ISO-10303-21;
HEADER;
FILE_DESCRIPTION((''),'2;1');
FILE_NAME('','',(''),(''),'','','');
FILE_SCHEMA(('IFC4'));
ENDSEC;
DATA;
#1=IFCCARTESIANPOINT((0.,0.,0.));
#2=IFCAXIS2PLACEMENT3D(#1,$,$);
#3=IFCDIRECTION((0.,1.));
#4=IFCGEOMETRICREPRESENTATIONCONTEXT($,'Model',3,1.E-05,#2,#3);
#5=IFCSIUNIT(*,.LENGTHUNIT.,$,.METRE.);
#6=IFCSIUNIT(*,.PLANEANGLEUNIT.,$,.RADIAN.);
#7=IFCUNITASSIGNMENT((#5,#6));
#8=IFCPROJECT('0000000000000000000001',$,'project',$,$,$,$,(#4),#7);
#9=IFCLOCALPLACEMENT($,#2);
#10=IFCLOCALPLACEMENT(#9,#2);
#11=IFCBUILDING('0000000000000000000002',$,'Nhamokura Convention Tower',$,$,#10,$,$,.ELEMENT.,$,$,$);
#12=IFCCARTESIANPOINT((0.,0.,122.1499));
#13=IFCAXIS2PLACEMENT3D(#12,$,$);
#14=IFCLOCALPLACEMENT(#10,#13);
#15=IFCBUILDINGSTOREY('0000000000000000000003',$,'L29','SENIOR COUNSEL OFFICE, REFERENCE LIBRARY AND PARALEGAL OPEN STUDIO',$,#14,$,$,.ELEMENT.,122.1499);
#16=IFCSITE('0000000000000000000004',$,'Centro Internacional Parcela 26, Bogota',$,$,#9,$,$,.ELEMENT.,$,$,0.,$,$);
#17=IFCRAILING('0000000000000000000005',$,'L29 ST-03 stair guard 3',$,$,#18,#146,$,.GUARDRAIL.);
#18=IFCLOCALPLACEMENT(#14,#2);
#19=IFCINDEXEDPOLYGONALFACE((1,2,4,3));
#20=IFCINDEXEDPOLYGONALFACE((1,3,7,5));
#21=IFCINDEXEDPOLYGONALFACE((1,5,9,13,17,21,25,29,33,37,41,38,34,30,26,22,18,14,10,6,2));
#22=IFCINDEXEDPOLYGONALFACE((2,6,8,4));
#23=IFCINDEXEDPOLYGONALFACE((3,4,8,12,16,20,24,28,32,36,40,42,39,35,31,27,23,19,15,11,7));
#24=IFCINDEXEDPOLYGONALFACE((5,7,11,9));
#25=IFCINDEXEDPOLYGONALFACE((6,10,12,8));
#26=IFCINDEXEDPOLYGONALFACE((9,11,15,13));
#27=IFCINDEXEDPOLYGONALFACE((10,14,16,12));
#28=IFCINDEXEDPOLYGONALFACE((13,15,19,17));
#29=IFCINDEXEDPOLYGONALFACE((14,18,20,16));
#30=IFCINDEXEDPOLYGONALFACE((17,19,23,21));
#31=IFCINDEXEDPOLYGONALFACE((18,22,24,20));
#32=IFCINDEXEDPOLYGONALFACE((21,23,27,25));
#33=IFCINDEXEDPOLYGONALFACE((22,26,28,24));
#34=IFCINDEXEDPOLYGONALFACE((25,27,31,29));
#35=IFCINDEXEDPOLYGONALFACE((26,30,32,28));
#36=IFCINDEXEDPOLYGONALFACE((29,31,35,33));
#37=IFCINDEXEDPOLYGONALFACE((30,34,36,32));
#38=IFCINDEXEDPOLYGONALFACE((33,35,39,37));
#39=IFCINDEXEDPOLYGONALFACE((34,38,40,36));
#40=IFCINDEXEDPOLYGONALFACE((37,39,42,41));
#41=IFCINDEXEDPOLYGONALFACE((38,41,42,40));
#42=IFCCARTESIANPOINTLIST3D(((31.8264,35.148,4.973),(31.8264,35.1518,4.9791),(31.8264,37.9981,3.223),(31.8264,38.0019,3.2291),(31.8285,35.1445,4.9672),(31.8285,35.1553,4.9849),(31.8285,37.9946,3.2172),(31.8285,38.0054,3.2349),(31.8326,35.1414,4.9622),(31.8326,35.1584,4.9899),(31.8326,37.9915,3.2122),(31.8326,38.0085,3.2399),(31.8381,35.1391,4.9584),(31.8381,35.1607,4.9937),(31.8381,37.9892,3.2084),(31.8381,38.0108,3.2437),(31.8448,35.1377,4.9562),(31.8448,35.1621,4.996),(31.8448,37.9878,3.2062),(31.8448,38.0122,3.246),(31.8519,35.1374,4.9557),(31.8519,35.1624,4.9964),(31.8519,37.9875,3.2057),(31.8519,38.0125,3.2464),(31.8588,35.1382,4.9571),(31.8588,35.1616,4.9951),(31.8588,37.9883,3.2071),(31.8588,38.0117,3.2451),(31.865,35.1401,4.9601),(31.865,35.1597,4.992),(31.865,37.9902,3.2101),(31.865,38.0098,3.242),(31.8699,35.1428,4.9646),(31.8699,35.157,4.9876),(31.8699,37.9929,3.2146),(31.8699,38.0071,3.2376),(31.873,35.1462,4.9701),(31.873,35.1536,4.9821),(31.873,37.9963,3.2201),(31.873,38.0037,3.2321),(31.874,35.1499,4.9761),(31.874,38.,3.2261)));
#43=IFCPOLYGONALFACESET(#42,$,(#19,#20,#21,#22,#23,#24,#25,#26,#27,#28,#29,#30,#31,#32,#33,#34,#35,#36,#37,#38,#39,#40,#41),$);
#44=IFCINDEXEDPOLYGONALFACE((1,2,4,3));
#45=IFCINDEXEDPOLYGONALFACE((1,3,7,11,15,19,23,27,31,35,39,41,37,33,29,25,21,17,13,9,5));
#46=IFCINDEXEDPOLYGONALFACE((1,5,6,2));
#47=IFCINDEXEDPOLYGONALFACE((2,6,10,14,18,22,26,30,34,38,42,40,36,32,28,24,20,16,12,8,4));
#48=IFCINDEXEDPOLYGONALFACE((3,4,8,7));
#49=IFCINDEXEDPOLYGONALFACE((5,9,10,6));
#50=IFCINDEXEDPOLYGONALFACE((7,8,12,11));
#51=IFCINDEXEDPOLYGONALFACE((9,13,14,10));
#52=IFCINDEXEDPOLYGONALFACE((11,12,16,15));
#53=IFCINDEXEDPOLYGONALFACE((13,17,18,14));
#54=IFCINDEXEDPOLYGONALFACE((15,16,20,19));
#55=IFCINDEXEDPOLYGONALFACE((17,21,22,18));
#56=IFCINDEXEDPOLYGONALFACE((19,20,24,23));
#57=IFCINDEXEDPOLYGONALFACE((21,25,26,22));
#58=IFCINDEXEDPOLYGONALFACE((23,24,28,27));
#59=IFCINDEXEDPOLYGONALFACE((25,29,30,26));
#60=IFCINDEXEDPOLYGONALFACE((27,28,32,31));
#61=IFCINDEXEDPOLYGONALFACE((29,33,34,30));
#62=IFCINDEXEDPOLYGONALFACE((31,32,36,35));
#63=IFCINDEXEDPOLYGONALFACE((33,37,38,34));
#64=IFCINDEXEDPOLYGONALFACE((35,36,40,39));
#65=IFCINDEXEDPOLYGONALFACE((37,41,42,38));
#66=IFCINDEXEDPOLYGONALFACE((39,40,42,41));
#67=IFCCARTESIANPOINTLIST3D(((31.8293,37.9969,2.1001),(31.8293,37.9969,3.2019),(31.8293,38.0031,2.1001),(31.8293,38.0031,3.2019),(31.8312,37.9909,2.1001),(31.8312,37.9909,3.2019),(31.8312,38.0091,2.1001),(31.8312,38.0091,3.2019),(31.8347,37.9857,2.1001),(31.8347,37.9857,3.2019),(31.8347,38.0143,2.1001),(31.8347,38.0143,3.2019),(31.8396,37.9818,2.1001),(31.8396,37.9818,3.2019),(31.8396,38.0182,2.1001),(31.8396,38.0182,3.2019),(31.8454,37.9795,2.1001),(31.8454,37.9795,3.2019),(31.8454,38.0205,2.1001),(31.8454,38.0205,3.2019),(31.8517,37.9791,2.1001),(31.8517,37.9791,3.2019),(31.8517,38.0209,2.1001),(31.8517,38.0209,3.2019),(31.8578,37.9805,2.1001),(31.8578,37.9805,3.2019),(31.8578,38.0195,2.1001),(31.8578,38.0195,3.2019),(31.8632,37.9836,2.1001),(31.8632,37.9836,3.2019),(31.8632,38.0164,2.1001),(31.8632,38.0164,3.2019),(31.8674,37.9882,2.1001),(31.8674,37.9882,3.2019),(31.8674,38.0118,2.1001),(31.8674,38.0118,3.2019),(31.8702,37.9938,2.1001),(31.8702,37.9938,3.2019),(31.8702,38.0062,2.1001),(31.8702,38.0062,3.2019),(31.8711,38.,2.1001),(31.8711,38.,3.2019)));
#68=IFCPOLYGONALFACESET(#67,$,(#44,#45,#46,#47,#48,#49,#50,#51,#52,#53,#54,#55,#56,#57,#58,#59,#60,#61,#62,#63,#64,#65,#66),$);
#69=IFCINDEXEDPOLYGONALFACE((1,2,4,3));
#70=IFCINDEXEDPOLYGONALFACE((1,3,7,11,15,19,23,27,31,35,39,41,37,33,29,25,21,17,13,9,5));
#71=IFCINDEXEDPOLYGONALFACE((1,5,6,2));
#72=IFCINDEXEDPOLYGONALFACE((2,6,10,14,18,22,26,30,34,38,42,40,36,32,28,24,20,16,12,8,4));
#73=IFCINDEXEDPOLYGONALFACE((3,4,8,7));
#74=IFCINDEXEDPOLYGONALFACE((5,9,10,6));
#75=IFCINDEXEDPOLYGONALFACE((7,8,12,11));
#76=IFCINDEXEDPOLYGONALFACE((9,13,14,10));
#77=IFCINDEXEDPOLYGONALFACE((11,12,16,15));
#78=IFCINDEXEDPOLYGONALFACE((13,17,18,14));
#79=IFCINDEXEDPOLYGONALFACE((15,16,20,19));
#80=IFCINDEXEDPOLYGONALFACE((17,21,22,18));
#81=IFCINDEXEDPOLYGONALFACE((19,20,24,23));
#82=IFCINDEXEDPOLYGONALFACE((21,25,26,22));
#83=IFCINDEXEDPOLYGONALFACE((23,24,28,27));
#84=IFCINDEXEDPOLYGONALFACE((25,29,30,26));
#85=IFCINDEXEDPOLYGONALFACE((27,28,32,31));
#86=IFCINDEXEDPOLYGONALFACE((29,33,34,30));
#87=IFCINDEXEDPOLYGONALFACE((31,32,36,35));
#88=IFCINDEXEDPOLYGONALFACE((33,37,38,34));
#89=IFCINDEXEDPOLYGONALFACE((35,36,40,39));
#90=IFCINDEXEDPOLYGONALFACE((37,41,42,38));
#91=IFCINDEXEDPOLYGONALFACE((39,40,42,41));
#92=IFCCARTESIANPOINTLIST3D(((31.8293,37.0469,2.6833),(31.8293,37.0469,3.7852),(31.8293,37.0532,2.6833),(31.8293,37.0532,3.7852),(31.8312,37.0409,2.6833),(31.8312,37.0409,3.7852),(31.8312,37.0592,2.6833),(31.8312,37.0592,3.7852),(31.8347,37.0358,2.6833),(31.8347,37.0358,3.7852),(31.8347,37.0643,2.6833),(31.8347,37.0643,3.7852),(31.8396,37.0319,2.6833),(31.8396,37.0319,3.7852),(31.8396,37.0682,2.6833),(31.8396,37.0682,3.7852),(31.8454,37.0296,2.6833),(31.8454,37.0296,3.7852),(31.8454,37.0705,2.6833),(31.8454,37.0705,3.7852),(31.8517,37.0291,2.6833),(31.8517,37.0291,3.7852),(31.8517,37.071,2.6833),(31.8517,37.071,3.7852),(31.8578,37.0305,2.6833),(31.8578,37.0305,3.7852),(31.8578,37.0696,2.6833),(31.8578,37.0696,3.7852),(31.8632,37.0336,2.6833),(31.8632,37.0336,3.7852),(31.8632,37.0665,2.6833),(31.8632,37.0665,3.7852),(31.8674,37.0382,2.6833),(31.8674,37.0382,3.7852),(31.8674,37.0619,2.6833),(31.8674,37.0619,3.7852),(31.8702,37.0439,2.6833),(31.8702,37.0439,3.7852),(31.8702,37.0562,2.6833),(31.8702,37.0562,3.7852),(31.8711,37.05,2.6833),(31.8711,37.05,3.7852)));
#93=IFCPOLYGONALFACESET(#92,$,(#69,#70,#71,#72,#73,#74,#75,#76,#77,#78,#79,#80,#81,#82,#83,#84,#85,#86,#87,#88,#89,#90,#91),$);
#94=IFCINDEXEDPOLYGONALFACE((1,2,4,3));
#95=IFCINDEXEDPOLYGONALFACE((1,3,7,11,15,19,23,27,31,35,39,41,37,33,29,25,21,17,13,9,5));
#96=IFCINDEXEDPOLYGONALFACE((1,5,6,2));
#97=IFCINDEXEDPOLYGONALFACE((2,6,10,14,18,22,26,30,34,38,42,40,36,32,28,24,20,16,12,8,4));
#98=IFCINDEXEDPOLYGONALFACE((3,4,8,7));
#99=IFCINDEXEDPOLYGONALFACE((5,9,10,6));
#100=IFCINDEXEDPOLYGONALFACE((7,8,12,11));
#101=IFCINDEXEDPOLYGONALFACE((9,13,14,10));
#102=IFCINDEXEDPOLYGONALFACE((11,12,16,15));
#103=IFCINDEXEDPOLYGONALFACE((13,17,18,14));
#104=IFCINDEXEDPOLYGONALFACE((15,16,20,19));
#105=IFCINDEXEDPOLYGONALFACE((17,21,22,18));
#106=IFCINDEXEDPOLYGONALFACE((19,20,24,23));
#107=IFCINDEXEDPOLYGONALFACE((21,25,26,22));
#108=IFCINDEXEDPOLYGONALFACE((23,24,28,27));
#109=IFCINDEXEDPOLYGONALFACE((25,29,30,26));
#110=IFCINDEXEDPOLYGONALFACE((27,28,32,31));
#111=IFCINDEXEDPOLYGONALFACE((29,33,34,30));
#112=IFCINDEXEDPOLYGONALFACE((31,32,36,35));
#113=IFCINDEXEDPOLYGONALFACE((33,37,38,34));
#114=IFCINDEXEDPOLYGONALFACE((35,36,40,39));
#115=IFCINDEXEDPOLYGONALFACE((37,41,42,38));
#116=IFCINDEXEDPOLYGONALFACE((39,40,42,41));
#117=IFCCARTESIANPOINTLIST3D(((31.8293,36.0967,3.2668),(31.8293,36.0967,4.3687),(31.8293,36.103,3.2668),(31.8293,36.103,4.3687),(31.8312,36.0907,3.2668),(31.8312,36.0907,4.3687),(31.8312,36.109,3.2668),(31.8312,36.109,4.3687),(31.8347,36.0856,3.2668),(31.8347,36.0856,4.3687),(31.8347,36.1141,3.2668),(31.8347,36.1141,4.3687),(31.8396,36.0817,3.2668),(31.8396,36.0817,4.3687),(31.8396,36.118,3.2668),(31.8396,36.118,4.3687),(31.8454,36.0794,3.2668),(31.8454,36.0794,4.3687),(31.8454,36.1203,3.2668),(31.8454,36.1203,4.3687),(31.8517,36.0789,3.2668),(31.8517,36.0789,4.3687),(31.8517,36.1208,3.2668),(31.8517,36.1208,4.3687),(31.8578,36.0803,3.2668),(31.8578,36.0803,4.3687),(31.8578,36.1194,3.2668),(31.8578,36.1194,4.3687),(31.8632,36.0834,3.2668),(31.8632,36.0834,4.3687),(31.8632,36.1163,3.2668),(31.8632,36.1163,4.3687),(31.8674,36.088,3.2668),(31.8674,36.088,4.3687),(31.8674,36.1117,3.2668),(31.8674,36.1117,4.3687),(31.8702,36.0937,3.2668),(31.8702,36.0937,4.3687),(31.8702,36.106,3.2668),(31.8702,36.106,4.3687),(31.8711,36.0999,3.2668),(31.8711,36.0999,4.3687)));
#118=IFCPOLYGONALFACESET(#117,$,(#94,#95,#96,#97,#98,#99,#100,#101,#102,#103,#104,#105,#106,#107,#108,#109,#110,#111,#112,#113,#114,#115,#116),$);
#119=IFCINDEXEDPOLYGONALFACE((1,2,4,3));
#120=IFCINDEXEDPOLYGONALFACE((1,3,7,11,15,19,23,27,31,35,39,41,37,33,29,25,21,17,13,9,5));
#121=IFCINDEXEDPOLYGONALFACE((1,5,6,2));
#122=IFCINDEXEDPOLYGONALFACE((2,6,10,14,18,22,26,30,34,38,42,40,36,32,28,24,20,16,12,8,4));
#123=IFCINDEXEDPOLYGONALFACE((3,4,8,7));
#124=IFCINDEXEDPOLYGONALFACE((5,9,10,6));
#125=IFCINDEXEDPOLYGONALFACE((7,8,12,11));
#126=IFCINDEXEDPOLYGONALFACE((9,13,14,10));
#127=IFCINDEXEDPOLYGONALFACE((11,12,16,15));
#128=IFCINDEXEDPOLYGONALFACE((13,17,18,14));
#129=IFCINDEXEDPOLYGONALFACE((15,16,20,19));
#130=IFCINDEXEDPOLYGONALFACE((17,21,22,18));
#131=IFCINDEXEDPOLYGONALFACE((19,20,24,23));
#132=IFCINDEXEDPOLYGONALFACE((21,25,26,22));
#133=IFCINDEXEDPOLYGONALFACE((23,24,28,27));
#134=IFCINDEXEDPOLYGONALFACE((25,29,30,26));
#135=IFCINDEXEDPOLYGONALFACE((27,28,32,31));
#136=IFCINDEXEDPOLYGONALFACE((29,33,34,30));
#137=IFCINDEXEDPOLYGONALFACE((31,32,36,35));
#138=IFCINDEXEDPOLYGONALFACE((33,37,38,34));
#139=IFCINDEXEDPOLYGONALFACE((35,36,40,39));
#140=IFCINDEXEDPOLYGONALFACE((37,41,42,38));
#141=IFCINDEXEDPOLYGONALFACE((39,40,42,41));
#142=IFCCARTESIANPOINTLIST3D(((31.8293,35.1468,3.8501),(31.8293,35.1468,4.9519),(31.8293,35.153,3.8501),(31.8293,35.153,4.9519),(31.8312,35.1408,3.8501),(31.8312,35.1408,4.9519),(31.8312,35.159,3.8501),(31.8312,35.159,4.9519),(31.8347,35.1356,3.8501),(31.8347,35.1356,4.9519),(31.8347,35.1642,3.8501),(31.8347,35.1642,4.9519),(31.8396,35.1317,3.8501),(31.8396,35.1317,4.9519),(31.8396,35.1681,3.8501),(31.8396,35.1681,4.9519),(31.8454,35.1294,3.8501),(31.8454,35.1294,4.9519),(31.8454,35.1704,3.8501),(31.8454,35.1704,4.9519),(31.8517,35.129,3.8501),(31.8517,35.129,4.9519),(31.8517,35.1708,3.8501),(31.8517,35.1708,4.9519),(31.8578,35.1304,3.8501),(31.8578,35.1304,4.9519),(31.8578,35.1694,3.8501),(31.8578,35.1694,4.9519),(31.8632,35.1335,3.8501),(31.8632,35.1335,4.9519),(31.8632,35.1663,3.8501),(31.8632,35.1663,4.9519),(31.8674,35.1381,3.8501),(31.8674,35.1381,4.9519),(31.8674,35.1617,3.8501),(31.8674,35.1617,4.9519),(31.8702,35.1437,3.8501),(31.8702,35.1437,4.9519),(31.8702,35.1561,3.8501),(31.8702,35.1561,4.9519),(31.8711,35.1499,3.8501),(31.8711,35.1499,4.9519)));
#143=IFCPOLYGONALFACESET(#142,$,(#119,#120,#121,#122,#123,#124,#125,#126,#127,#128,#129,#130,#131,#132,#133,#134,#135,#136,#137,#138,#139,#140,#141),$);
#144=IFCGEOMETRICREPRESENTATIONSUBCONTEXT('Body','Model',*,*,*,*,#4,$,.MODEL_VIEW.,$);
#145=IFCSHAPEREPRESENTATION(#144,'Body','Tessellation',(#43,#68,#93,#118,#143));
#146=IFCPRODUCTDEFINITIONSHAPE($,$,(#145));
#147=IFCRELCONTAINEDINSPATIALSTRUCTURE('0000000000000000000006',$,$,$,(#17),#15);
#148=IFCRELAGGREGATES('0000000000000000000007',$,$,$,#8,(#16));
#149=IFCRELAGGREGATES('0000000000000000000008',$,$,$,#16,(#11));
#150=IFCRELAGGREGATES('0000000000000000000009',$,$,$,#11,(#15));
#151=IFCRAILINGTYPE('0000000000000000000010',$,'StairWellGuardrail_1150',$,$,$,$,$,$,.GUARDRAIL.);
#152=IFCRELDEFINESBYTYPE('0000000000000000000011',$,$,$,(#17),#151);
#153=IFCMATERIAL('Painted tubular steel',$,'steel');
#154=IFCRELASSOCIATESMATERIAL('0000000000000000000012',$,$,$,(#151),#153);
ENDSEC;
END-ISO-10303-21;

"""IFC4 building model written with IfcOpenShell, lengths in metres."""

from ifc_helpers import new_model, si_unit, direction, frame, origin, origin_2d, place, context, subcontext, project, spatial, circle, extrude, material, type_object, element, save


model = new_model("IFC4")

# Units and contexts
model_context = context("Model", 3, precision=1e-05, world=origin(), true_north=direction((0.0, 1.0)))
body_context = subcontext(model_context, "Body", "Model", "MODEL_VIEW")
ifc_project = project(units=[si_unit("LENGTHUNIT", "METRE"), si_unit("PLANEANGLEUNIT", "RADIAN")], contexts=[model_context])

# Site, building, storey
site_placement = place(None, origin())
site = spatial("IfcSite", under=ifc_project, at=site_placement, Name="Centro Internacional Parcela 26, Bogota", CompositionType="ELEMENT", RefElevation=0.0)
building_placement = place(site_placement, origin())
building = spatial("IfcBuilding", under=site, at=building_placement, Name="Nhamokura Convention Tower", CompositionType="ELEMENT")
storey_placement = place(building_placement, frame((0.0, 0.0, 122.1499)))
storey = spatial("IfcBuildingStorey", under=building, at=storey_placement, Name="L29", Description="SENIOR COUNSEL OFFICE, REFERENCE LIBRARY AND PARALEGAL OPEN STUDIO", CompositionType="ELEMENT", Elevation=122.1499)

# Railing
ifc_material_1 = material(Name="Painted tubular steel", Category="steel")
railing_type = type_object("IfcRailingType", Name="StairWellGuardrail_1150", PredefinedType="GUARDRAIL", material=ifc_material_1)
railing_1_placement = place(storey_placement, frame((31.8501, 38.0, 2.1001)))
element("IfcRailing", 1, at=railing_1_placement, inside=storey, type_object=railing_type, Name="L29 ST-03 stair guard 3", PredefinedType="GUARDRAIL", context=body_context, shape_type="SweptSolid", body=[
    extrude(circle(Radius=0.0239, at=origin_2d()), frame((0.0, 0.0, 1.126), z_axis=(0.0, -0.852179, 0.52325), x_axis=(1.0, 0.0, 0.0)), (0.0, 0.0, 1.0), 3.3445),
    extrude(circle(Radius=0.021, at=origin_2d()), origin(), (0.0, 0.0, 1.0), 1.1018),
    extrude(circle(Radius=0.021, at=origin_2d()), frame((0.0, -0.95, 0.5833)), (0.0, 0.0, 1.0), 1.1018),
    extrude(circle(Radius=0.021, at=origin_2d()), frame((0.0, -1.9001, 1.1667)), (0.0, 0.0, 1.0), 1.1018),
    extrude(circle(Radius=0.021, at=origin_2d()), frame((0.0, -2.8501, 1.75)), (0.0, 0.0, 1.0), 1.1018),
])

save(model, "model.ifc")
